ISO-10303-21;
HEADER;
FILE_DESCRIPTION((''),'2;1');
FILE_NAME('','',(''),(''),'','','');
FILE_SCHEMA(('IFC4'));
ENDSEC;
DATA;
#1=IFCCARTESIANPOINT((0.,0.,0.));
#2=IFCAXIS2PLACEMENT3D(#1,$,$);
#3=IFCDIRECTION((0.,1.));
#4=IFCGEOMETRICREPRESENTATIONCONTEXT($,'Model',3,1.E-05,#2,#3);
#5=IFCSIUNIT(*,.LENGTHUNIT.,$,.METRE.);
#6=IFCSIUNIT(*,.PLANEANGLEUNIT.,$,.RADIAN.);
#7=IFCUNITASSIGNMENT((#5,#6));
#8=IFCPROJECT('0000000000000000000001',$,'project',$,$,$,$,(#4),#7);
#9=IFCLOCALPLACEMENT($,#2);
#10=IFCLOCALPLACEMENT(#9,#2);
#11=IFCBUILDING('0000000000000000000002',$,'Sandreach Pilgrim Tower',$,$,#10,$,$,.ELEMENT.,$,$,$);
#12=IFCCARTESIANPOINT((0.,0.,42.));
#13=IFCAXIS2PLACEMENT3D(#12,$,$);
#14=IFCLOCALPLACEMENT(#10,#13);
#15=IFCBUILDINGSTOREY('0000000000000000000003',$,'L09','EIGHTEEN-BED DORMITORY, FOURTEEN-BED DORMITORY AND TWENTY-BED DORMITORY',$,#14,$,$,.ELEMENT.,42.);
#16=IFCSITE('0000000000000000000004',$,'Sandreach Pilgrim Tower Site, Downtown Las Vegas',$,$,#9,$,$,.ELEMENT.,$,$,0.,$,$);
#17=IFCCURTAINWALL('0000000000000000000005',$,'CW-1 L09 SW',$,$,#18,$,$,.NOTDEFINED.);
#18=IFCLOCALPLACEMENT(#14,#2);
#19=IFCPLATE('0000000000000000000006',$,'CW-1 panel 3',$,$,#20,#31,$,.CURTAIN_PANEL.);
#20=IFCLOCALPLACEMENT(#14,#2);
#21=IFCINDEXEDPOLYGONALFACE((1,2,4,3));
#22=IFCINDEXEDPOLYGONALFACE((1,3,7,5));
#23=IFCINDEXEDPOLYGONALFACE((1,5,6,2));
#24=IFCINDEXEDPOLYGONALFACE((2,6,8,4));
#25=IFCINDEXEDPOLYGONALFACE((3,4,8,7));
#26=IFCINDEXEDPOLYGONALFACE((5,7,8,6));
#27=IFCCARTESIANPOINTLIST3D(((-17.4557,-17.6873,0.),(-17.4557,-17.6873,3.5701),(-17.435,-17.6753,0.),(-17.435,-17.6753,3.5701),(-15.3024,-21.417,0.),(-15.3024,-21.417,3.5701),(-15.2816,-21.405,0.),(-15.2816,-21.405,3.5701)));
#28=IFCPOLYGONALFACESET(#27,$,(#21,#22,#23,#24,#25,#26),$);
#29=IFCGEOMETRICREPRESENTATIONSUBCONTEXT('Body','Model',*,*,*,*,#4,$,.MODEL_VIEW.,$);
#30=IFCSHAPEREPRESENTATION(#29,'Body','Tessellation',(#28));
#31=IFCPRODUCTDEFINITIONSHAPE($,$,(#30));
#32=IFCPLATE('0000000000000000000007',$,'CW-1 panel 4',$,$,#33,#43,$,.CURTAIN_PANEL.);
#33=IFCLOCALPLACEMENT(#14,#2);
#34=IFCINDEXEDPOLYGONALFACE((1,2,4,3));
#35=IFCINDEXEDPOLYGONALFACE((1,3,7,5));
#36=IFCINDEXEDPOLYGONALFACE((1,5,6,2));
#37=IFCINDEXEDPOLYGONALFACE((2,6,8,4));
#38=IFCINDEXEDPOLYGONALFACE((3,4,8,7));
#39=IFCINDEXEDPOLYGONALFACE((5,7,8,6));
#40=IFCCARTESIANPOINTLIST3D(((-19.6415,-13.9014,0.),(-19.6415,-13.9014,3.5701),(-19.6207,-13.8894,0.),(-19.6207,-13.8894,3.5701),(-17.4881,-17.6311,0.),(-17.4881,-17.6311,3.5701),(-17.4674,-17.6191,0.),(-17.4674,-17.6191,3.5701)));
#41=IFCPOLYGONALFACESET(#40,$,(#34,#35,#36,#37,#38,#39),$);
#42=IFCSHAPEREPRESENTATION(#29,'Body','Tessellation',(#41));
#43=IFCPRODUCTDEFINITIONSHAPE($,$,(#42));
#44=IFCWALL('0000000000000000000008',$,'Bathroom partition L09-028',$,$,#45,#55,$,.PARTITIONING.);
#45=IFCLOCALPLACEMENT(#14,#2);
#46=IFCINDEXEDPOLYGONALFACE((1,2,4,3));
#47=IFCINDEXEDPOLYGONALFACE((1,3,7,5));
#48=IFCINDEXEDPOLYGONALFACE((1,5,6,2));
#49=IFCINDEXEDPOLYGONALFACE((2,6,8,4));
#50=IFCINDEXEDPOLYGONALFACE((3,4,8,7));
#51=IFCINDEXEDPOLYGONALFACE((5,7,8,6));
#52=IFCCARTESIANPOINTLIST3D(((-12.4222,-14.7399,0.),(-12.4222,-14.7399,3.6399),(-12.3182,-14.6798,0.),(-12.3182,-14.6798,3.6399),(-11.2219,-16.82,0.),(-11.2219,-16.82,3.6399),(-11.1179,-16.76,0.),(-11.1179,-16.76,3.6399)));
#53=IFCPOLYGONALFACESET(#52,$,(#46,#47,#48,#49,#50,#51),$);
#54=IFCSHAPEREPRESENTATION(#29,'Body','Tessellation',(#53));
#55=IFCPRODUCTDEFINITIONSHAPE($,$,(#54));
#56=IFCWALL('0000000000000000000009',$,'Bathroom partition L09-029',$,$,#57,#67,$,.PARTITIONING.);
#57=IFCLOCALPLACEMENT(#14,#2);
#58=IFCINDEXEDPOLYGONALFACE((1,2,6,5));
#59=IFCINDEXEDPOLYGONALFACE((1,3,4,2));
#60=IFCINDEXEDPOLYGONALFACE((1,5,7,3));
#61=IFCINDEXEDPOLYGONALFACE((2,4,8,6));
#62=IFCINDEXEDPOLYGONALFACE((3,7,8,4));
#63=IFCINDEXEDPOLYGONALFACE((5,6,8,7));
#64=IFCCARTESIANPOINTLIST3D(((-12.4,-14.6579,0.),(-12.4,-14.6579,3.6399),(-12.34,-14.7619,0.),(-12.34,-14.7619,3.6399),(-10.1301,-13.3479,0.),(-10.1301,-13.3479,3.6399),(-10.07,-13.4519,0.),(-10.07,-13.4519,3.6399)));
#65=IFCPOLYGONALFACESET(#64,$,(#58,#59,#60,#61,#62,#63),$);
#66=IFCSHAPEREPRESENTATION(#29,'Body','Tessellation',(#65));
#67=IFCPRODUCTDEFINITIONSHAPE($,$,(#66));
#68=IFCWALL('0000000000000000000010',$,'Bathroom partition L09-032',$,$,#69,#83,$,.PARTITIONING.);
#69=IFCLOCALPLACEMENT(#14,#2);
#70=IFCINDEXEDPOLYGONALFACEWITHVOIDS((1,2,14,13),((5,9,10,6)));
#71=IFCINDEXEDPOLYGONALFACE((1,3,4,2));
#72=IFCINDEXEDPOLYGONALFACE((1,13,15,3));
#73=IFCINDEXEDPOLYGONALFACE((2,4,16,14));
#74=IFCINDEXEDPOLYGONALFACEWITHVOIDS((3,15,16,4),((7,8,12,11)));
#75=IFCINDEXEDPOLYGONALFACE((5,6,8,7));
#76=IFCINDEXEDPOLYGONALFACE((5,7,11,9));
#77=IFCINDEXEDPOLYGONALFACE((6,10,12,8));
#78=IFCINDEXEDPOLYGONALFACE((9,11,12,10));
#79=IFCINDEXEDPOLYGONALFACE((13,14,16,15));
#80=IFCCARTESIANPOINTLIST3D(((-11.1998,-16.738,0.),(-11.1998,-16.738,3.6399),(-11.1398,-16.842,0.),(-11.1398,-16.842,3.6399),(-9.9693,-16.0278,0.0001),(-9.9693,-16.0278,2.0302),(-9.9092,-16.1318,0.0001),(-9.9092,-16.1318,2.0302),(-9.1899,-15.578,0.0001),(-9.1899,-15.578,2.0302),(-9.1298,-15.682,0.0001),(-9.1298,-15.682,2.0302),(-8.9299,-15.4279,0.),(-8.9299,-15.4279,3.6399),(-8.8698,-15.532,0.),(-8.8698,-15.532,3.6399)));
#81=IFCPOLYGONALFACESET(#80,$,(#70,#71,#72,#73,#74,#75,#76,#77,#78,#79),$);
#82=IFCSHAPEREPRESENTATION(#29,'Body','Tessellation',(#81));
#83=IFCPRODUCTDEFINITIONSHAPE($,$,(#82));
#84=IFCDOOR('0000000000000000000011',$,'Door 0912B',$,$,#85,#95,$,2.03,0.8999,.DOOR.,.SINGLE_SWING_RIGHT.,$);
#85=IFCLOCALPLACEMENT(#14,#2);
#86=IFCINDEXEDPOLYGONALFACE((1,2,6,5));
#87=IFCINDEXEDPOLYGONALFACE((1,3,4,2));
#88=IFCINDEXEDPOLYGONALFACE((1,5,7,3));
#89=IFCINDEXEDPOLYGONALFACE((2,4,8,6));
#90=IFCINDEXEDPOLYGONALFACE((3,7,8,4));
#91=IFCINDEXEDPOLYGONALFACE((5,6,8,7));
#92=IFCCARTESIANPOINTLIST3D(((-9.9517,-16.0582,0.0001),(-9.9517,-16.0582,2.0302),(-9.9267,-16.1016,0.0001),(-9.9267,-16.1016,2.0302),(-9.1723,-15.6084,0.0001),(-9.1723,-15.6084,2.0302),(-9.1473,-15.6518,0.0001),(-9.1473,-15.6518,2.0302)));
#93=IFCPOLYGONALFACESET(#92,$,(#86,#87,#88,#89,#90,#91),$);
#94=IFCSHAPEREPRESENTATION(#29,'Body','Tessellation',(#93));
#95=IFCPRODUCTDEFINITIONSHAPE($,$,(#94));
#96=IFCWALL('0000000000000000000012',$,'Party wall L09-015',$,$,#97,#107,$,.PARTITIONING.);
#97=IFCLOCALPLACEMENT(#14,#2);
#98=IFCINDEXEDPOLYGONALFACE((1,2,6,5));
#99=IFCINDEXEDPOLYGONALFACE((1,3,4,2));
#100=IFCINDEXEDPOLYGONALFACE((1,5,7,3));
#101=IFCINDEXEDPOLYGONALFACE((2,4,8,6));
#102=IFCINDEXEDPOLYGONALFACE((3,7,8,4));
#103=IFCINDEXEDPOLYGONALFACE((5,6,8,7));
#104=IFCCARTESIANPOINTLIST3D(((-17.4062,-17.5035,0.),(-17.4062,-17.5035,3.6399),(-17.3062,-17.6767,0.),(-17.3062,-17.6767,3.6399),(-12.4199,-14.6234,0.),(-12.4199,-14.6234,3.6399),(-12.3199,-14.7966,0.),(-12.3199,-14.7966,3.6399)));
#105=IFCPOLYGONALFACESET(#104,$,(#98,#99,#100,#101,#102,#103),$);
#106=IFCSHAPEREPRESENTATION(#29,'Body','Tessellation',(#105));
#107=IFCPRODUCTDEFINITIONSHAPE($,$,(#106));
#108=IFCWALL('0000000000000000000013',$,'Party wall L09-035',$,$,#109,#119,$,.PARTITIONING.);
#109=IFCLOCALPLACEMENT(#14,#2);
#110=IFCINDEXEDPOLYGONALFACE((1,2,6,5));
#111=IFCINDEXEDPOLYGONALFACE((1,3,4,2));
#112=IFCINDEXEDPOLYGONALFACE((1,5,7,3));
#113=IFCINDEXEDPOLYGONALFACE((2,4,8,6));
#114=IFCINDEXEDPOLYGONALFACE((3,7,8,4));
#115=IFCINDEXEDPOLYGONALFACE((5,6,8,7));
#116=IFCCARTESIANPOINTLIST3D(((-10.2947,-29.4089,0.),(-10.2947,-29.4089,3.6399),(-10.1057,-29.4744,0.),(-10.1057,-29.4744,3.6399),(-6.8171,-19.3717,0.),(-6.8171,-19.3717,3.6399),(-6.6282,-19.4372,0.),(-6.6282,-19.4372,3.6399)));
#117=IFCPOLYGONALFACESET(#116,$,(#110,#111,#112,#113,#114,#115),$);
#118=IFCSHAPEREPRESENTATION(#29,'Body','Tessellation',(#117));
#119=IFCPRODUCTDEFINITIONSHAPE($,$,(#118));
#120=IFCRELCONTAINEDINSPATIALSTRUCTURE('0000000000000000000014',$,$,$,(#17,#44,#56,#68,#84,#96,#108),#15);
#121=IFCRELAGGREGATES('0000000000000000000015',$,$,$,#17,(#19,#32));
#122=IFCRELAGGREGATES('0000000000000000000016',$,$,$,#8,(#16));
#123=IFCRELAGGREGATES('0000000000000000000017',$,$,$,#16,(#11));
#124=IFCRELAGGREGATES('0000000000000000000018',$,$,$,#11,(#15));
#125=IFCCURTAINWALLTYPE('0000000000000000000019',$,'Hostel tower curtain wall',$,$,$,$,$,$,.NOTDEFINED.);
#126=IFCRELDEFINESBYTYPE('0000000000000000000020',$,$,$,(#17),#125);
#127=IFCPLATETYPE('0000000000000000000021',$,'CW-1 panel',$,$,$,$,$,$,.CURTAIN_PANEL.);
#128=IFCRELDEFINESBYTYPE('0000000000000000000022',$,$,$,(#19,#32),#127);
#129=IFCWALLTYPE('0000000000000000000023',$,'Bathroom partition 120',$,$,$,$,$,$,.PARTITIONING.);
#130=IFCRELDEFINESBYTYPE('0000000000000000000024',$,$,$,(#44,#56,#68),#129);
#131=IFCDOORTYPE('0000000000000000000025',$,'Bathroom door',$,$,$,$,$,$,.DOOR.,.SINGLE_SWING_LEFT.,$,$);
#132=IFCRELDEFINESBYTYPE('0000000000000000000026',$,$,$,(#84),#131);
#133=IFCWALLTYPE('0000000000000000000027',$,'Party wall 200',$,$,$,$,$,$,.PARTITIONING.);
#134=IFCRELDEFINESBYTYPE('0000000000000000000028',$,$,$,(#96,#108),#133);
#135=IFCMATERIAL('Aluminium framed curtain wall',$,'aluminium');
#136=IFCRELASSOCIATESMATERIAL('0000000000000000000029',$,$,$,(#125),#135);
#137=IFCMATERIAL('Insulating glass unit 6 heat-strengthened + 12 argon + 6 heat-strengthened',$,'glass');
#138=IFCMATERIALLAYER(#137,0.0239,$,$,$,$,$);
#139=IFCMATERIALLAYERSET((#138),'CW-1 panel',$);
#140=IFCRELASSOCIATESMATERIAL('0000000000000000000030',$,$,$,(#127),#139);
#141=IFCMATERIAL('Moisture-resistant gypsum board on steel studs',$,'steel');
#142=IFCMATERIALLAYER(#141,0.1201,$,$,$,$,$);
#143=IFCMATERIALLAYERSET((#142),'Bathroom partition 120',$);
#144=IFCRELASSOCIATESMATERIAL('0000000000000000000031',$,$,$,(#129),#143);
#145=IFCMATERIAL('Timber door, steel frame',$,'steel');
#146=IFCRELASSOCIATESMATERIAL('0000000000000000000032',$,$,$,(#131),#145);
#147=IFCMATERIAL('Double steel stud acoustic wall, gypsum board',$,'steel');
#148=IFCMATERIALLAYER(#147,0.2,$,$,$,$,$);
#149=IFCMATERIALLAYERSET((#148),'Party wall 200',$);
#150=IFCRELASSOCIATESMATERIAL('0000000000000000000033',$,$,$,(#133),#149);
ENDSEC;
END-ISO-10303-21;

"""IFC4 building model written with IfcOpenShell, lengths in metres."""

from ifc_helpers import new_model, si_unit, direction, frame, frame_2d, origin, origin_2d, place, context, subcontext, project, spatial, rectangle, extrude, material, layer, layer_set, type_object, element, fill, aggregate, save


model = new_model("IFC4")

# Units and contexts
model_context = context("Model", 3, precision=1e-05, world=origin(), true_north=direction((0.0, 1.0)))
body_context = subcontext(model_context, "Body", "Model", "MODEL_VIEW")
ifc_project = project(units=[si_unit("LENGTHUNIT", "METRE"), si_unit("PLANEANGLEUNIT", "RADIAN")], contexts=[model_context])

# Site, building, storey
site_placement = place(None, origin())
site = spatial("IfcSite", under=ifc_project, at=site_placement, Name="Sandreach Pilgrim Tower Site, Downtown Las Vegas", CompositionType="ELEMENT", RefElevation=0.0)
building_placement = place(site_placement, origin())
building = spatial("IfcBuilding", under=site, at=building_placement, Name="Sandreach Pilgrim Tower", CompositionType="ELEMENT")
storey_placement = place(building_placement, frame((0.0, 0.0, 42.0)))
storey = spatial("IfcBuildingStorey", under=building, at=storey_placement, Name="L09", Description="EIGHTEEN-BED DORMITORY, FOURTEEN-BED DORMITORY AND TWENTY-BED DORMITORY", CompositionType="ELEMENT", Elevation=42.0)

# Curtain wall
ifc_material_1 = material(Name="Aluminium framed curtain wall", Category="aluminium")
curtain_wall_type = type_object("IfcCurtainWallType", Name="Hostel tower curtain wall", PredefinedType="NOTDEFINED", material=ifc_material_1)
curtain_wall_placement = place(storey_placement, origin())
curtain_wall = element("IfcCurtainWall", 1, at=curtain_wall_placement, inside=storey, type_object=curtain_wall_type, Name="CW-1 L09 SW", PredefinedType="NOTDEFINED")

# Plates
ifc_material_2 = material(Name="Insulating glass unit 6 heat-strengthened + 12 argon + 6 heat-strengthened", Category="glass")
ifc_layer_1 = layer(ifc_material_2, 0.0239)
ifc_layer_set_1 = layer_set([ifc_layer_1], Name="CW-1 panel")
plate_type = type_object("IfcPlateType", Name="CW-1 panel", PredefinedType="CURTAIN_PANEL", material=ifc_layer_set_1)
plate_1_placement = place(storey_placement, frame((-16.3687, -19.5461, 0.0), z_axis=(0.0, 0.0, 1.0), x_axis=(-0.5, 0.866025, 0.0)))
plate_1 = element("IfcPlate", 2, at=plate_1_placement, type_object=plate_type, Name="CW-1 panel 3", PredefinedType="CURTAIN_PANEL", context=body_context, shape_type="SweptSolid", body=[
    extrude(rectangle(XDim=4.3066, YDim=0.0239, at=origin_2d()), origin(), (0.0, 0.0, 1.0), 3.5701),
])
plate_2_placement = place(storey_placement, frame((-18.5544, -15.7603, 0.0), z_axis=(0.0, 0.0, 1.0), x_axis=(-0.5, 0.866025, 0.0)))
plate_2 = element("IfcPlate", 3, at=plate_2_placement, type_object=plate_type, Name="CW-1 panel 4", PredefinedType="CURTAIN_PANEL", context=body_context, shape_type="SweptSolid", body=[
    extrude(rectangle(XDim=4.3066, YDim=0.0239, at=origin_2d()), origin(), (0.0, 0.0, 1.0), 3.5701),
])
aggregate(curtain_wall, [plate_1, plate_2])

# Walls
ifc_material_3 = material(Name="Moisture-resistant gypsum board on steel studs", Category="steel")
ifc_layer_2 = layer(ifc_material_3, 0.1201)
ifc_layer_set_2 = layer_set([ifc_layer_2], Name="Bathroom partition 120")
wall_type_1 = type_object("IfcWallType", Name="Bathroom partition 120", PredefinedType="PARTITIONING", material=ifc_layer_set_2)
wall_1_placement = place(storey_placement, frame((-12.3701, -14.71, 0.0), z_axis=(0.0, 0.0, 1.0), x_axis=(0.499769, -0.866159, 0.0)))
element("IfcWall", 4, at=wall_1_placement, inside=storey, type_object=wall_type_1, Name="Bathroom partition L09-028", PredefinedType="PARTITIONING", context=body_context, shape_type="SweptSolid", body=[
    extrude(rectangle(XDim=2.4016, YDim=0.1201, at=frame_2d((1.2007, 0.0))), origin(), (0.0, 0.0, 1.0), 3.6399),
])
wall_2_placement = place(storey_placement, frame((-12.3701, -14.71, 0.0), z_axis=(0.0, 0.0, 1.0), x_axis=(0.866114, 0.499846, 0.0)))
element("IfcWall", 5, at=wall_2_placement, inside=storey, type_object=wall_type_1, Name="Bathroom partition L09-029", PredefinedType="PARTITIONING", context=body_context, shape_type="SweptSolid", body=[
    extrude(rectangle(XDim=2.6208, YDim=0.1201, at=frame_2d((1.3105, 0.0))), origin(), (0.0, 0.0, 1.0), 3.6399),
])

# Wall, opening, door
wall_3_placement = place(storey_placement, frame((-11.1699, -16.79, 0.0), z_axis=(0.0, 0.0, 1.0), x_axis=(0.866114, 0.499846, 0.0)))
wall_3 = element("IfcWall", 6, at=wall_3_placement, inside=storey, type_object=wall_type_1, Name="Bathroom partition L09-032", PredefinedType="PARTITIONING", context=body_context, shape_type="SweptSolid", body=[
    extrude(rectangle(XDim=2.6208, YDim=0.1201, at=frame_2d((1.3105, 0.0))), origin(), (0.0, 0.0, 1.0), 3.6399),
])
opening_placement = place(wall_3_placement, frame((1.4209, 0.0, 0.0)))
opening = element("IfcOpeningElement", 7, at=opening_placement, cuts=wall_3, PredefinedType="OPENING", context=body_context, shape_type="SweptSolid", body=[
    extrude(rectangle(XDim=0.8999, YDim=2.03, at=frame_2d((0.45, 1.0151))), frame((0.0, 0.0601, 0.0), z_axis=(0.0, -1.0, 0.0), x_axis=(1.0, 0.0, 0.0)), (0.0, 0.0, 1.0), 0.1201),
])
ifc_material_4 = material(Name="Timber door, steel frame", Category="steel")
door_type = type_object("IfcDoorType", Name="Bathroom door", OperationType="SINGLE_SWING_LEFT", PredefinedType="DOOR", material=ifc_material_4)
door_placement = place(opening_placement, origin())
door = element("IfcDoor", 8, at=door_placement, inside=storey, type_object=door_type, Name="Door 0912B", OperationType="SINGLE_SWING_RIGHT", OverallHeight=2.03, OverallWidth=0.8999, PredefinedType="DOOR", context=body_context, shape_type="SweptSolid", body=[
    extrude(rectangle(XDim=0.8999, YDim=2.03, at=frame_2d((0.45, 1.0151))), frame((0.0, 0.0249, 0.0), z_axis=(0.0, -1.0, 0.0), x_axis=(1.0, 0.0, 0.0)), (0.0, 0.0, 1.0), 0.05),
])
fill(opening, door)

# Walls
ifc_material_5 = material(Name="Double steel stud acoustic wall, gypsum board", Category="steel")
ifc_layer_3 = layer(ifc_material_5, 0.2)
ifc_layer_set_3 = layer_set([ifc_layer_3], Name="Party wall 200")
wall_type_2 = type_object("IfcWallType", Name="Party wall 200", PredefinedType="PARTITIONING", material=ifc_layer_set_3)
wall_4_placement = place(storey_placement, frame((-17.3562, -17.5901, 0.0), z_axis=(0.0, 0.0, 1.0), x_axis=(0.86593, 0.500165, 0.0)))
element("IfcWall", 9, at=wall_4_placement, inside=storey, type_object=wall_type_2, Name="Party wall L09-015", PredefinedType="PARTITIONING", context=body_context, shape_type="SweptSolid", body=[
    extrude(rectangle(XDim=5.7583, YDim=0.2, at=frame_2d((2.8792, 0.0))), origin(), (0.0, 0.0, 1.0), 3.6399),
])
wall_5_placement = place(storey_placement, frame((-10.2002, -29.4417, 0.0), z_axis=(0.0, 0.0, 1.0), x_axis=(0.327376, 0.944894, 0.0)))
element("IfcWall", 10, at=wall_5_placement, inside=storey, type_object=wall_type_2, Name="Party wall L09-035", PredefinedType="PARTITIONING", context=body_context, shape_type="SweptSolid", body=[
    extrude(rectangle(XDim=10.6226, YDim=0.2, at=frame_2d((5.3113, 0.0))), origin(), (0.0, 0.0, 1.0), 3.6399),
])

save(model, "model.ifc")
